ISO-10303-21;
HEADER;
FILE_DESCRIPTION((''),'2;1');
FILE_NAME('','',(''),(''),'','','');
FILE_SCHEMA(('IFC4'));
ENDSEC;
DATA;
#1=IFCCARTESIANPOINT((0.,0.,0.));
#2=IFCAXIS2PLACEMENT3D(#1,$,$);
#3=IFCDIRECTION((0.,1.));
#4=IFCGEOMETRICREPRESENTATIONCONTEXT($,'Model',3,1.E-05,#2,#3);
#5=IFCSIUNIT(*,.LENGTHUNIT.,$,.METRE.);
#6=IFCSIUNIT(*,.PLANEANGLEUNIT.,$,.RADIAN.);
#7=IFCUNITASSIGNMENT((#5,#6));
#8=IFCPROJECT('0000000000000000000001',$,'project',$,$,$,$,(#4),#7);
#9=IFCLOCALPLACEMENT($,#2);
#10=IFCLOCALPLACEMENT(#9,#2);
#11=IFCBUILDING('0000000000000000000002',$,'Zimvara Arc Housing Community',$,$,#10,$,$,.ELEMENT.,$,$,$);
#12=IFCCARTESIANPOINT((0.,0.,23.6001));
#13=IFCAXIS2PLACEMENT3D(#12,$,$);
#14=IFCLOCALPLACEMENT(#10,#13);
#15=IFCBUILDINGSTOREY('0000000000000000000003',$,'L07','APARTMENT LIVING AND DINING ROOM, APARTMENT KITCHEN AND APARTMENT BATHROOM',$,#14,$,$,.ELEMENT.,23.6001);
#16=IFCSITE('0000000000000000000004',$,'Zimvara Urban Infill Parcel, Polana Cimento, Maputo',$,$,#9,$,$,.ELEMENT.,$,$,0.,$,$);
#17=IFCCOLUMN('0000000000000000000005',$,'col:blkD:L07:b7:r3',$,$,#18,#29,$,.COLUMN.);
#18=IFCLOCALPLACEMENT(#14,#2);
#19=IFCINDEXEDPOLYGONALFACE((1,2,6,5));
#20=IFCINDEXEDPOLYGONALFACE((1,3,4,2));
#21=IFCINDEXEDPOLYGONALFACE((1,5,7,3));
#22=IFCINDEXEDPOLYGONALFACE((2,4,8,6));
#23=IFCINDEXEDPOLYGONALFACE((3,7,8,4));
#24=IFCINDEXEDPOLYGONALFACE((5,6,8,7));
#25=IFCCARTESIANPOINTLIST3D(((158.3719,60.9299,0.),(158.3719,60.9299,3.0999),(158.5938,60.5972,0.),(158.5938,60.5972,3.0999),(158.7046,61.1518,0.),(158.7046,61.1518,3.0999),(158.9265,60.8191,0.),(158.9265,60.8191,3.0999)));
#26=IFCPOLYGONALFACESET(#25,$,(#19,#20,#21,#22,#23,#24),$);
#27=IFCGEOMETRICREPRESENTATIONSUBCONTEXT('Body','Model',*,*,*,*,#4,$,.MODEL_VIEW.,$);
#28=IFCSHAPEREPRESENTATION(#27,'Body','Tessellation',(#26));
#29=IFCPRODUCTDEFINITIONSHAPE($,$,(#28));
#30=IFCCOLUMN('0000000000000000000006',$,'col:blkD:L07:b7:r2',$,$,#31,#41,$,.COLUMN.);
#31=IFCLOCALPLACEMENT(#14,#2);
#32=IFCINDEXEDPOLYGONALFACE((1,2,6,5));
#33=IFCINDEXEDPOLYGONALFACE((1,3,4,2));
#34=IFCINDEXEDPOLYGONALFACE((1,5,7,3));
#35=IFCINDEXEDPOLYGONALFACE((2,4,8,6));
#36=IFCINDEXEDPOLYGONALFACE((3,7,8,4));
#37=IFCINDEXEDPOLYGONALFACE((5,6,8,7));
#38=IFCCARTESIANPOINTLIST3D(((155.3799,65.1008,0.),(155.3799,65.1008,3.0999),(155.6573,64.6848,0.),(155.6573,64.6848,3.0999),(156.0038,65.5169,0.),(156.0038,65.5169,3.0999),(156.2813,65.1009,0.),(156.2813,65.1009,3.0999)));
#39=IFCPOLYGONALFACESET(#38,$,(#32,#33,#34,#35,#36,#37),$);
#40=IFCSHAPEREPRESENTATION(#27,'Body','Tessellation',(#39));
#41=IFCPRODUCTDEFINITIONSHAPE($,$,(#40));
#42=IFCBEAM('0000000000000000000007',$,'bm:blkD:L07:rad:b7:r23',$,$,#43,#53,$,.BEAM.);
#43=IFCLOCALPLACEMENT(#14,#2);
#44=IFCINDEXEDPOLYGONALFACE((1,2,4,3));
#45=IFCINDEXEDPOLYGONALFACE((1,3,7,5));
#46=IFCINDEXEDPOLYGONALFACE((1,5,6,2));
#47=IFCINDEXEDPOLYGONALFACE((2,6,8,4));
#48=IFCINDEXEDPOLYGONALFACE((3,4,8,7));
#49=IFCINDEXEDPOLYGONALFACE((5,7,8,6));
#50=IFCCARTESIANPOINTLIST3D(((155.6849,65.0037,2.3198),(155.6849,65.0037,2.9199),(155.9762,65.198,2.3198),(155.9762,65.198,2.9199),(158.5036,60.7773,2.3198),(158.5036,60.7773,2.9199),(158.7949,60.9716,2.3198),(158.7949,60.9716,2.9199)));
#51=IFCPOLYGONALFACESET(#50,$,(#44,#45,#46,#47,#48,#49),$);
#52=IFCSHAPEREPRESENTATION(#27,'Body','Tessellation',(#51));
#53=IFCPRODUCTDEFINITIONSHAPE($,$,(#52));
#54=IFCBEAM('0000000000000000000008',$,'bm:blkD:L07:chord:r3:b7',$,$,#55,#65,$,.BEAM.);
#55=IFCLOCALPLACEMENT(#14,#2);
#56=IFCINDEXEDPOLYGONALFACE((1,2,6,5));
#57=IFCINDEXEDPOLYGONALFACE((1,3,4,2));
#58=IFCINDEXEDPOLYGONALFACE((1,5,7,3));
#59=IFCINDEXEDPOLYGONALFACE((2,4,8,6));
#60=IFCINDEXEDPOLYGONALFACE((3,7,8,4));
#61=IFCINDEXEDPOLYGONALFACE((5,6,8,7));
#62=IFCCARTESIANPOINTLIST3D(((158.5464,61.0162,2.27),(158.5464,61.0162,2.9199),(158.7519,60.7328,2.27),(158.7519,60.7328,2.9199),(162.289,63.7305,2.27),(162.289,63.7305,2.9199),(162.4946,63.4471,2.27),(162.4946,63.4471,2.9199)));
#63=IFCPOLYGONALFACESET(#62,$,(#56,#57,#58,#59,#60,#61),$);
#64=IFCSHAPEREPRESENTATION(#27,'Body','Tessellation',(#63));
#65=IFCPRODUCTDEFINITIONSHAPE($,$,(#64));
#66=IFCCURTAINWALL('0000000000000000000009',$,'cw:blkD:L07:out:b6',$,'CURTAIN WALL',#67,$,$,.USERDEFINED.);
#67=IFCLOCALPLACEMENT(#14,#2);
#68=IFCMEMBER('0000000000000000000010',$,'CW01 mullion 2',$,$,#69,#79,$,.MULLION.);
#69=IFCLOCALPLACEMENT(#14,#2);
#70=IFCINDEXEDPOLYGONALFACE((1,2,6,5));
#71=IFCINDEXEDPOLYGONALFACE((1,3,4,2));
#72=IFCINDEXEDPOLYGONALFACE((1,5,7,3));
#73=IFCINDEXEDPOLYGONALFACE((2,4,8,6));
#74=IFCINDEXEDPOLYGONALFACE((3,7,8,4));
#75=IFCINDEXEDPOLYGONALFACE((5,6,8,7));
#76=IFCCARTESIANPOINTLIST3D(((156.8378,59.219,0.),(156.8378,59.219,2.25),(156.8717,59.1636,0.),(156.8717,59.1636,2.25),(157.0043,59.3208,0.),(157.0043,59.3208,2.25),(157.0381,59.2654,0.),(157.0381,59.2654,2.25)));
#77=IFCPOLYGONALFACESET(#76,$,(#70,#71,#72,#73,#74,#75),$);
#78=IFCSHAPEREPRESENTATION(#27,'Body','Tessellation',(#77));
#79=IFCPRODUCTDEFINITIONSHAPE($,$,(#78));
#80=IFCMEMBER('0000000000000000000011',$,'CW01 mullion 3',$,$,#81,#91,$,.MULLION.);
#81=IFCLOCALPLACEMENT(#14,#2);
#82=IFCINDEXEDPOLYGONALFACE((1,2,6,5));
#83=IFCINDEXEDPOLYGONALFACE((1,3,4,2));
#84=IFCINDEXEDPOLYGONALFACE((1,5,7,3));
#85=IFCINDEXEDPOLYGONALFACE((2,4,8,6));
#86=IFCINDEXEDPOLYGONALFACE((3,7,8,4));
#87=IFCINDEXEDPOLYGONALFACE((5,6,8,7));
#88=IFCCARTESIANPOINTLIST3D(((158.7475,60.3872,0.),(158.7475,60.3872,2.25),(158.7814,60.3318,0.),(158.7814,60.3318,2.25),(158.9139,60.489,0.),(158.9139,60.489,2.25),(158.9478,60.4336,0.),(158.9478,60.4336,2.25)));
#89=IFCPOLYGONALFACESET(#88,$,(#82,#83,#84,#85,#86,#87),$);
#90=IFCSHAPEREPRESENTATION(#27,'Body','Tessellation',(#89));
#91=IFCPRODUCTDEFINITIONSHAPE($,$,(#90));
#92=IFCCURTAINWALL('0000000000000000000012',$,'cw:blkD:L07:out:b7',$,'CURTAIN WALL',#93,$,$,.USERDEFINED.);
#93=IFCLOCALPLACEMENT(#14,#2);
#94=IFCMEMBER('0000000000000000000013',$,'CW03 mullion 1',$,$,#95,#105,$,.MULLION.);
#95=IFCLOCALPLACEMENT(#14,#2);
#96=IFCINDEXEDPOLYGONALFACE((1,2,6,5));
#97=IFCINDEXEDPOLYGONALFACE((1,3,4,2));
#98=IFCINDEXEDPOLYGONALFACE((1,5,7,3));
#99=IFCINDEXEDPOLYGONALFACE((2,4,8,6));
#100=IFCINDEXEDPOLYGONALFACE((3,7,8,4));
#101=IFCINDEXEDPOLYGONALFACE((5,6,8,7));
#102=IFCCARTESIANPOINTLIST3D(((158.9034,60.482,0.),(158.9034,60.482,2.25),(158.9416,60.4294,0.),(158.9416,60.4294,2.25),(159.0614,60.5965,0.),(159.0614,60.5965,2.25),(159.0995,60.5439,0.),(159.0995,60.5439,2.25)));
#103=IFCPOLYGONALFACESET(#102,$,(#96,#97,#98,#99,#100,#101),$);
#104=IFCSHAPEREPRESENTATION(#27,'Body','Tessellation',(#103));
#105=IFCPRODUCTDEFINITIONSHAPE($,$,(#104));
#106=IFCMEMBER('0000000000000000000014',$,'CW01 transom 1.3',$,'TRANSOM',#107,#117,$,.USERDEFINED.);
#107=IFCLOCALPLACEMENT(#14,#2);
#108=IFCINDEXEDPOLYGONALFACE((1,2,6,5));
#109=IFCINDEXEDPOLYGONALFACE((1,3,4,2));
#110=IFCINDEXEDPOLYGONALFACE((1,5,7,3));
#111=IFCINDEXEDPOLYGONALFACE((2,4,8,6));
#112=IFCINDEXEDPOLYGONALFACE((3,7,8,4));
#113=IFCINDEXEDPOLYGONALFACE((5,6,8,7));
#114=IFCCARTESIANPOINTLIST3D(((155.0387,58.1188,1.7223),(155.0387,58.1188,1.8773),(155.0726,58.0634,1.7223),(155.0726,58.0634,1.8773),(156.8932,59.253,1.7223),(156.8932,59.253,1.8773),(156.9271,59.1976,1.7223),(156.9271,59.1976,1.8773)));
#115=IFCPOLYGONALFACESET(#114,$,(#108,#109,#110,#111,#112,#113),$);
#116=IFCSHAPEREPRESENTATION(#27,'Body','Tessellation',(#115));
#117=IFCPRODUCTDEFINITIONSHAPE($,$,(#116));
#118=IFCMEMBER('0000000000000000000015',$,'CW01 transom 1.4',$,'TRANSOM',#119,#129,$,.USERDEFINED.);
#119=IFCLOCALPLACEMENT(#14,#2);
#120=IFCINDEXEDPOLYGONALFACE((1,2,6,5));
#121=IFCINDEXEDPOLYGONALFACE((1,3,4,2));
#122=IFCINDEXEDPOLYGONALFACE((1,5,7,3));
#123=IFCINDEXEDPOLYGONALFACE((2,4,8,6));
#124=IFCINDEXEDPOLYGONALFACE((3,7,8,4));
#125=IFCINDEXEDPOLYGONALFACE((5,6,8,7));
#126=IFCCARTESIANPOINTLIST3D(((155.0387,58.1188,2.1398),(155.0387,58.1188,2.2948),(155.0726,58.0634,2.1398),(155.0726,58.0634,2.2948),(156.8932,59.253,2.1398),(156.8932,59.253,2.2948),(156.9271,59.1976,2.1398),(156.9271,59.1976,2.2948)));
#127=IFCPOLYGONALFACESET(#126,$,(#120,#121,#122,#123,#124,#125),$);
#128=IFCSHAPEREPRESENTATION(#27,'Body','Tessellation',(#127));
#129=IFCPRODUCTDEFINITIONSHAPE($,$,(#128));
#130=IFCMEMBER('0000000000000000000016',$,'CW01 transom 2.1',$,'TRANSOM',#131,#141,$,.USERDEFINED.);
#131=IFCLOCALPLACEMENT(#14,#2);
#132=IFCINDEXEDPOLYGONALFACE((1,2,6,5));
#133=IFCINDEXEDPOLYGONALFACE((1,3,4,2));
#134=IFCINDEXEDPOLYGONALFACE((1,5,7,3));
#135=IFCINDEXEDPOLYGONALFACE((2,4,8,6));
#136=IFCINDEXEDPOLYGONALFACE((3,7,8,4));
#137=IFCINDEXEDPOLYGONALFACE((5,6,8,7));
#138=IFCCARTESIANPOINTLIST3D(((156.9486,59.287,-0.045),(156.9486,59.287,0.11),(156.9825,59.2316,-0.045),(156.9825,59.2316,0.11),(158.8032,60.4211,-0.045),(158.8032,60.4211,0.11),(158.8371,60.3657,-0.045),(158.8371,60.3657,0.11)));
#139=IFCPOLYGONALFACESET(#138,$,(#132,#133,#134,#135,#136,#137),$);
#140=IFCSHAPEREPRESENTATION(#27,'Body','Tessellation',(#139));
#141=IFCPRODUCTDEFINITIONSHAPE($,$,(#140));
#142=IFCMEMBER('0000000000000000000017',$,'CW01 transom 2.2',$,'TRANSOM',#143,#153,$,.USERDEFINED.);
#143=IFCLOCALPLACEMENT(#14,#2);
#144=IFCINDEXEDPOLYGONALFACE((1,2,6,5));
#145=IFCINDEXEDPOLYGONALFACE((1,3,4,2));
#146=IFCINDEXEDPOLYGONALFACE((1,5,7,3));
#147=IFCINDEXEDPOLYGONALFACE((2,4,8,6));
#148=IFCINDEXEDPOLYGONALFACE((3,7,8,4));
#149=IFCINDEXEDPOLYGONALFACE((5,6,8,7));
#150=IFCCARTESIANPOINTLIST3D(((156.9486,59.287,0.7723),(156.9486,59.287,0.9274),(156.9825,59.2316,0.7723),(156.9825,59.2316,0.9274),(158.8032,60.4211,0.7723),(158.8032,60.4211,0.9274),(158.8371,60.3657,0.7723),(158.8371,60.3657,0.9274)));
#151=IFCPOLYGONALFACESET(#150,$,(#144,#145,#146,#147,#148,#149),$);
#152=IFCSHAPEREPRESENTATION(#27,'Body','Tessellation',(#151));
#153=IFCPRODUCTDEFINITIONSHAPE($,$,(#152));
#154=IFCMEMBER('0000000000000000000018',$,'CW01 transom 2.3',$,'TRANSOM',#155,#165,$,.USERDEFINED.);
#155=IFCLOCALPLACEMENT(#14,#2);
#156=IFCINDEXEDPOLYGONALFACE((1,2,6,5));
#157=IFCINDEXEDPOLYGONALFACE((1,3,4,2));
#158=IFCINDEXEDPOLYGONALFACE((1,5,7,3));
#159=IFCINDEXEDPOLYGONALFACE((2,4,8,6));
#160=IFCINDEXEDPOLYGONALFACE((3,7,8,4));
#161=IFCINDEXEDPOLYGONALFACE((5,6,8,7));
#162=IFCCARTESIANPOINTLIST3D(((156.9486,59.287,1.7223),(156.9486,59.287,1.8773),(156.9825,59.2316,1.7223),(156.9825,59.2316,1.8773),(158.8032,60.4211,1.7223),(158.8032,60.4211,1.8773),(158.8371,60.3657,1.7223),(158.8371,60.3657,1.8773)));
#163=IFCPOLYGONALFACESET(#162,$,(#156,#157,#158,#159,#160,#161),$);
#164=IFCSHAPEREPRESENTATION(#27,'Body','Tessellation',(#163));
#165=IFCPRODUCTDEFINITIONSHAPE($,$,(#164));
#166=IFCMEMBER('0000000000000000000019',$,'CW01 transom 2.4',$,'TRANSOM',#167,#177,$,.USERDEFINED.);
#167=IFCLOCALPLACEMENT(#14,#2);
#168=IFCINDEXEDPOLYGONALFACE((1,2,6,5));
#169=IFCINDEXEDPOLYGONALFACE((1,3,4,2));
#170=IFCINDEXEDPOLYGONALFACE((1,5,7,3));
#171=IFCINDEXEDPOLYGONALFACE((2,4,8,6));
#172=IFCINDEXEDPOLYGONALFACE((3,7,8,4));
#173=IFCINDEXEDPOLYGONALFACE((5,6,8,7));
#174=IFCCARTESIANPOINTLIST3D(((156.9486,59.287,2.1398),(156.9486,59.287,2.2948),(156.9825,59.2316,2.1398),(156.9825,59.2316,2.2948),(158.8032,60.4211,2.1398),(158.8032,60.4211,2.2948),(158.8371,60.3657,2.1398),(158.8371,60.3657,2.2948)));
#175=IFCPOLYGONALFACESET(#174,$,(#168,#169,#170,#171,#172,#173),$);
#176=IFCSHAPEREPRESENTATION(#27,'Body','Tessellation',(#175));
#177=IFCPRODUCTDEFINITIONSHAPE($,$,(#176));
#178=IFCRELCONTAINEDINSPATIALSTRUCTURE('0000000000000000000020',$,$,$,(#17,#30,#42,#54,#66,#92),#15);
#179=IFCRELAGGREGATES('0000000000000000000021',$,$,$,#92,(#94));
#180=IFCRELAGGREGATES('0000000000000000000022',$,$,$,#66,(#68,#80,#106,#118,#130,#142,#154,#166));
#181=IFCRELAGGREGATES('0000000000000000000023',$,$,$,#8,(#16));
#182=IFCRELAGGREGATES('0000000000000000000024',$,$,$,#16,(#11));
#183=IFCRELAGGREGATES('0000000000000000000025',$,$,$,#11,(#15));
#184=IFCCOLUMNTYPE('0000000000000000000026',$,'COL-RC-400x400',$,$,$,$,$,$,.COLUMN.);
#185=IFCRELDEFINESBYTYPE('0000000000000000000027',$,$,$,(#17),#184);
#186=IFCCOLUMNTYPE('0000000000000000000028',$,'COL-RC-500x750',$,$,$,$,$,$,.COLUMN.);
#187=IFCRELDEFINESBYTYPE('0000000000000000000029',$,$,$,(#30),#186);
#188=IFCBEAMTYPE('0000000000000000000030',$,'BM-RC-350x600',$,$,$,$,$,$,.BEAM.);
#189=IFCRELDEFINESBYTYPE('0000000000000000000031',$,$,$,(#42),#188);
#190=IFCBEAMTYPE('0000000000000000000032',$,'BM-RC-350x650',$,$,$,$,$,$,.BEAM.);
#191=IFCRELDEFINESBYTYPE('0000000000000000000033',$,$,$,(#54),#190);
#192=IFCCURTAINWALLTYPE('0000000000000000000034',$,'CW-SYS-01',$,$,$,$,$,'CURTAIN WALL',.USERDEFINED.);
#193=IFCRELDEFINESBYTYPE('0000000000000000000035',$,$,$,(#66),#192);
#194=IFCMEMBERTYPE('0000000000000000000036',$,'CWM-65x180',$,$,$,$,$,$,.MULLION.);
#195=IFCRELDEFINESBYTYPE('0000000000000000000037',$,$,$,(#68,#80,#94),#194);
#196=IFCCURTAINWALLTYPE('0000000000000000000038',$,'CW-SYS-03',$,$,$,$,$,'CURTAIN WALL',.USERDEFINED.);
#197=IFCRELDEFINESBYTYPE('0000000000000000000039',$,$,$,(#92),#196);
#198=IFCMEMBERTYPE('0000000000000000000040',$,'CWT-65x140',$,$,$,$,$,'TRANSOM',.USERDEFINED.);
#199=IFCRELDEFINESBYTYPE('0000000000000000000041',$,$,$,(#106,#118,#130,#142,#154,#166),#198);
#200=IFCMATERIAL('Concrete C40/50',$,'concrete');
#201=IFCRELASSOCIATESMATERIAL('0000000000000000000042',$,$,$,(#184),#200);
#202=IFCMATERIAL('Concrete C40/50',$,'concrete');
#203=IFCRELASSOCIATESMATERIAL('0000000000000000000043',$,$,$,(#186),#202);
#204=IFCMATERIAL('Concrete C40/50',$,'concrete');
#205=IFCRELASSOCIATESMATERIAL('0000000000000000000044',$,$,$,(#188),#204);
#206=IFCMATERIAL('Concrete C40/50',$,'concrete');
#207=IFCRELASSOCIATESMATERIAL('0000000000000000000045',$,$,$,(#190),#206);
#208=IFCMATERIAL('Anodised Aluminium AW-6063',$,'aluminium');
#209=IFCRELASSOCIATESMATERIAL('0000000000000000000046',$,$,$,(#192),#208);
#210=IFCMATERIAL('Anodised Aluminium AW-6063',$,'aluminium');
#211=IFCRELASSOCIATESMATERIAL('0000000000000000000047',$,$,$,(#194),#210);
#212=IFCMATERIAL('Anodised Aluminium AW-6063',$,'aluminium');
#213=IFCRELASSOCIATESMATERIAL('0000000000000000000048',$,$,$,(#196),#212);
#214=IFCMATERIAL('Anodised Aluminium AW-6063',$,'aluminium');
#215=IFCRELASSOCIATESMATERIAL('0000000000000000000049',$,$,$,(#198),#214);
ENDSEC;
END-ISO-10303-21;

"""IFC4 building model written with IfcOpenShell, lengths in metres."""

from ifc_helpers import new_model, si_unit, direction, frame, origin, origin_2d, place, context, subcontext, project, spatial, rectangle, extrude, material, material_profile, profile_set, type_object, element, aggregate, save


model = new_model("IFC4")

# Units and contexts
model_context = context("Model", 3, precision=1e-05, world=origin(), true_north=direction((0.0, 1.0)))
body_context = subcontext(model_context, "Body", "Model", "MODEL_VIEW")
ifc_project = project(units=[si_unit("LENGTHUNIT", "METRE"), si_unit("PLANEANGLEUNIT", "RADIAN")], contexts=[model_context])

# Site, building, storey
site_placement = place(None, origin())
site = spatial("IfcSite", under=ifc_project, at=site_placement, Name="Zimvara Urban Infill Parcel, Polana Cimento, Maputo", CompositionType="ELEMENT", RefElevation=0.0)
building_placement = place(site_placement, origin())
building = spatial("IfcBuilding", under=site, at=building_placement, Name="Zimvara Arc Housing Community", CompositionType="ELEMENT")
storey_placement = place(building_placement, frame((0.0, 0.0, 23.6001)))
storey = spatial("IfcBuildingStorey", under=building, at=storey_placement, Name="L07", Description="APARTMENT LIVING AND DINING ROOM, APARTMENT KITCHEN AND APARTMENT BATHROOM", CompositionType="ELEMENT", Elevation=23.6001)

# Columns
ifc_material_1 = material(Name="Concrete C40/50", Category="concrete")
ifc_material_profile_1 = material_profile(ifc_material_1, rectangle(XDim=0.3999, YDim=0.3999, at=origin_2d()), Name="RC 400x400")
ifc_profile_set_1 = profile_set([ifc_material_profile_1], Name="Concrete C40/50")
column_type_1 = type_object("IfcColumnType", Name="COL-RC-400x400", PredefinedType="COLUMN", material=ifc_profile_set_1)
column_1_placement = place(storey_placement, frame((158.6492, 60.8745, 0.0), z_axis=(0.0, 0.0, 1.0), x_axis=(0.554844, -0.831954, 0.0)))
element("IfcColumn", 1, at=column_1_placement, inside=storey, type_object=column_type_1, Name="col:blkD:L07:b7:r3", PredefinedType="COLUMN", context=body_context, shape_type="SweptSolid", body=[
    extrude(rectangle(XDim=0.3999, YDim=0.3999, at=origin_2d()), origin(), (0.0, 0.0, 1.0), 3.0999),
])
ifc_material_2 = material(Name="Concrete C40/50", Category="concrete")
ifc_material_profile_2 = material_profile(ifc_material_2, rectangle(XDim=0.5, YDim=0.75, at=origin_2d()), Name="RC 500x750")
ifc_profile_set_2 = profile_set([ifc_material_profile_2], Name="Concrete C40/50")
column_type_2 = type_object("IfcColumnType", Name="COL-RC-500x750", PredefinedType="COLUMN", material=ifc_profile_set_2)
column_2_placement = place(storey_placement, frame((155.8306, 65.1008, 0.0), z_axis=(0.0, 0.0, 1.0), x_axis=(0.554844, -0.831954, 0.0)))
element("IfcColumn", 2, at=column_2_placement, inside=storey, type_object=column_type_2, Name="col:blkD:L07:b7:r2", PredefinedType="COLUMN", context=body_context, shape_type="SweptSolid", body=[
    extrude(rectangle(XDim=0.5, YDim=0.75, at=origin_2d()), origin(), (0.0, 0.0, 1.0), 3.0999),
])

# Beams
ifc_material_3 = material(Name="Concrete C40/50", Category="concrete")
ifc_material_profile_3 = material_profile(ifc_material_3, rectangle(XDim=0.3501, YDim=0.6001, at=origin_2d()), Name="RC 350x600")
ifc_profile_set_3 = profile_set([ifc_material_profile_3], Name="Concrete C40/50")
beam_type_1 = type_object("IfcBeamType", Name="BM-RC-350x600", PredefinedType="BEAM", material=ifc_profile_set_3)
beam_1_placement = place(storey_placement, frame((155.8306, 65.1008, 2.6199), z_axis=(0.554844, -0.831954, 0.0), x_axis=(0.831954, 0.554844, 0.0)))
element("IfcBeam", 3, at=beam_1_placement, inside=storey, type_object=beam_type_1, Name="bm:blkD:L07:rad:b7:r23", PredefinedType="BEAM", context=body_context, shape_type="SweptSolid", body=[
    extrude(rectangle(XDim=0.3501, YDim=0.6001, at=origin_2d()), origin(), (0.0, 0.0, 1.0), 5.0801),
])
ifc_material_4 = material(Name="Concrete C40/50", Category="concrete")
ifc_material_profile_4 = material_profile(ifc_material_4, rectangle(XDim=0.3501, YDim=0.6499, at=origin_2d()), Name="RC 350x650")
ifc_profile_set_4 = profile_set([ifc_material_profile_4], Name="Concrete C40/50")
beam_type_2 = type_object("IfcBeamType", Name="BM-RC-350x650", PredefinedType="BEAM", material=ifc_profile_set_4)
beam_2_placement = place(storey_placement, frame((158.6492, 60.8745, 2.595), z_axis=(0.809516, 0.587097, 0.0), x_axis=(-0.587097, 0.809516, 0.0)))
element("IfcBeam", 4, at=beam_2_placement, inside=storey, type_object=beam_type_2, Name="bm:blkD:L07:chord:r3:b7", PredefinedType="BEAM", context=body_context, shape_type="SweptSolid", body=[
    extrude(rectangle(XDim=0.3501, YDim=0.6499, at=origin_2d()), origin(), (0.0, 0.0, 1.0), 4.6233),
])

# Curtain wall, members
ifc_material_5 = material(Name="Anodised Aluminium AW-6063", Category="aluminium")
curtain_wall_type_1 = type_object("IfcCurtainWallType", Name="CW-SYS-01", ElementType="CURTAIN WALL", PredefinedType="USERDEFINED", material=ifc_material_5)
curtain_wall_1_placement = place(storey_placement, origin())
curtain_wall_1 = element("IfcCurtainWall", 5, at=curtain_wall_1_placement, inside=storey, type_object=curtain_wall_type_1, Name="cw:blkD:L07:out:b6", ObjectType="CURTAIN WALL", PredefinedType="USERDEFINED")
ifc_material_6 = material(Name="Anodised Aluminium AW-6063", Category="aluminium")
ifc_material_profile_5 = material_profile(ifc_material_6, rectangle(XDim=0.0649, YDim=0.1951, at=origin_2d()), Name="ALU 65x195")
ifc_profile_set_5 = profile_set([ifc_material_profile_5], Name="Anodised Aluminium AW-6063")
member_type_1 = type_object("IfcMemberType", Name="CWM-65x180", PredefinedType="MULLION", material=ifc_profile_set_5)
member_1_placement = place(storey_placement, frame((156.938, 59.2422, 0.0), z_axis=(0.0, 0.0, 1.0), x_axis=(-0.521754, 0.853096, 0.0)))
member_1 = element("IfcMember", 6, at=member_1_placement, type_object=member_type_1, Name="CW01 mullion 2", PredefinedType="MULLION", context=body_context, shape_type="SweptSolid", body=[
    extrude(rectangle(XDim=0.0649, YDim=0.1951, at=origin_2d()), origin(), (0.0, 0.0, 1.0), 2.25),
])
member_2_placement = place(storey_placement, frame((158.8477, 60.4104, 0.0), z_axis=(0.0, 0.0, 1.0), x_axis=(-0.521754, 0.853096, 0.0)))
member_2 = element("IfcMember", 7, at=member_2_placement, type_object=member_type_1, Name="CW01 mullion 3", PredefinedType="MULLION", context=body_context, shape_type="SweptSolid", body=[
    extrude(rectangle(XDim=0.0649, YDim=0.1951, at=origin_2d()), origin(), (0.0, 0.0, 1.0), 2.25),
])

# Curtain wall, member
ifc_material_7 = material(Name="Anodised Aluminium AW-6063", Category="aluminium")
curtain_wall_type_2 = type_object("IfcCurtainWallType", Name="CW-SYS-03", ElementType="CURTAIN WALL", PredefinedType="USERDEFINED", material=ifc_material_7)
curtain_wall_2_placement = place(storey_placement, origin())
curtain_wall_2 = element("IfcCurtainWall", 8, at=curtain_wall_2_placement, inside=storey, type_object=curtain_wall_type_2, Name="cw:blkD:L07:out:b7", ObjectType="CURTAIN WALL", PredefinedType="USERDEFINED")
member_3_placement = place(storey_placement, frame((159.0015, 60.5129, 0.0), z_axis=(0.0, 0.0, 1.0), x_axis=(-0.587078, 0.80953, 0.0)))
member_3 = element("IfcMember", 9, at=member_3_placement, type_object=member_type_1, Name="CW03 mullion 1", PredefinedType="MULLION", context=body_context, shape_type="SweptSolid", body=[
    extrude(rectangle(XDim=0.0649, YDim=0.1951, at=origin_2d()), origin(), (0.0, 0.0, 1.0), 2.25),
])

# Members
ifc_material_8 = material(Name="Anodised Aluminium AW-6063", Category="aluminium")
ifc_material_profile_6 = material_profile(ifc_material_8, rectangle(XDim=0.0649, YDim=0.155, at=origin_2d()), Name="ALU 65x155")
ifc_profile_set_6 = profile_set([ifc_material_profile_6], Name="Anodised Aluminium AW-6063")
member_type_2 = type_object("IfcMemberType", Name="CWT-65x140", ElementType="TRANSOM", PredefinedType="USERDEFINED", material=ifc_profile_set_6)
member_4_placement = place(storey_placement, frame((155.0557, 58.0911, 1.7998), z_axis=(0.853082, 0.521777, 0.0), x_axis=(-0.521777, 0.853082, 0.0)))
member_4 = element("IfcMember", 10, at=member_4_placement, type_object=member_type_2, Name="CW01 transom 1.3", ObjectType="TRANSOM", PredefinedType="USERDEFINED", context=body_context, shape_type="SweptSolid", body=[
    extrude(rectangle(XDim=0.0649, YDim=0.155, at=origin_2d()), origin(), (0.0, 0.0, 1.0), 2.1738),
])
member_5_placement = place(storey_placement, frame((155.0557, 58.0911, 2.2173), z_axis=(0.853082, 0.521777, 0.0), x_axis=(-0.521777, 0.853082, 0.0)))
member_5 = element("IfcMember", 11, at=member_5_placement, type_object=member_type_2, Name="CW01 transom 1.4", ObjectType="TRANSOM", PredefinedType="USERDEFINED", context=body_context, shape_type="SweptSolid", body=[
    extrude(rectangle(XDim=0.0649, YDim=0.155, at=origin_2d()), origin(), (0.0, 0.0, 1.0), 2.1738),
])
member_6_placement = place(storey_placement, frame((156.9656, 59.2593, 0.0325), z_axis=(0.853132, 0.521695, 0.0), x_axis=(-0.521695, 0.853132, 0.0)))
member_6 = element("IfcMember", 12, at=member_6_placement, type_object=member_type_2, Name="CW01 transom 2.1", ObjectType="TRANSOM", PredefinedType="USERDEFINED", context=body_context, shape_type="SweptSolid", body=[
    extrude(rectangle(XDim=0.0649, YDim=0.155, at=origin_2d()), origin(), (0.0, 0.0, 1.0), 2.1738),
])
member_7_placement = place(storey_placement, frame((156.9656, 59.2593, 0.8499), z_axis=(0.853132, 0.521695, 0.0), x_axis=(-0.521695, 0.853132, 0.0)))
member_7 = element("IfcMember", 13, at=member_7_placement, type_object=member_type_2, Name="CW01 transom 2.2", ObjectType="TRANSOM", PredefinedType="USERDEFINED", context=body_context, shape_type="SweptSolid", body=[
    extrude(rectangle(XDim=0.0649, YDim=0.155, at=origin_2d()), origin(), (0.0, 0.0, 1.0), 2.1738),
])
member_8_placement = place(storey_placement, frame((156.9656, 59.2593, 1.7998), z_axis=(0.853132, 0.521695, 0.0), x_axis=(-0.521695, 0.853132, 0.0)))
member_8 = element("IfcMember", 14, at=member_8_placement, type_object=member_type_2, Name="CW01 transom 2.3", ObjectType="TRANSOM", PredefinedType="USERDEFINED", context=body_context, shape_type="SweptSolid", body=[
    extrude(rectangle(XDim=0.0649, YDim=0.155, at=origin_2d()), origin(), (0.0, 0.0, 1.0), 2.1738),
])
member_9_placement = place(storey_placement, frame((156.9656, 59.2593, 2.2173), z_axis=(0.853132, 0.521695, 0.0), x_axis=(-0.521695, 0.853132, 0.0)))
member_9 = element("IfcMember", 15, at=member_9_placement, type_object=member_type_2, Name="CW01 transom 2.4", ObjectType="TRANSOM", PredefinedType="USERDEFINED", context=body_context, shape_type="SweptSolid", body=[
    extrude(rectangle(XDim=0.0649, YDim=0.155, at=origin_2d()), origin(), (0.0, 0.0, 1.0), 2.1738),
])
aggregate(curtain_wall_2, [member_3])

aggregate(curtain_wall_1, [member_1, member_2, member_4, member_5, member_6, member_7, member_8, member_9])

save(model, "model.ifc")
